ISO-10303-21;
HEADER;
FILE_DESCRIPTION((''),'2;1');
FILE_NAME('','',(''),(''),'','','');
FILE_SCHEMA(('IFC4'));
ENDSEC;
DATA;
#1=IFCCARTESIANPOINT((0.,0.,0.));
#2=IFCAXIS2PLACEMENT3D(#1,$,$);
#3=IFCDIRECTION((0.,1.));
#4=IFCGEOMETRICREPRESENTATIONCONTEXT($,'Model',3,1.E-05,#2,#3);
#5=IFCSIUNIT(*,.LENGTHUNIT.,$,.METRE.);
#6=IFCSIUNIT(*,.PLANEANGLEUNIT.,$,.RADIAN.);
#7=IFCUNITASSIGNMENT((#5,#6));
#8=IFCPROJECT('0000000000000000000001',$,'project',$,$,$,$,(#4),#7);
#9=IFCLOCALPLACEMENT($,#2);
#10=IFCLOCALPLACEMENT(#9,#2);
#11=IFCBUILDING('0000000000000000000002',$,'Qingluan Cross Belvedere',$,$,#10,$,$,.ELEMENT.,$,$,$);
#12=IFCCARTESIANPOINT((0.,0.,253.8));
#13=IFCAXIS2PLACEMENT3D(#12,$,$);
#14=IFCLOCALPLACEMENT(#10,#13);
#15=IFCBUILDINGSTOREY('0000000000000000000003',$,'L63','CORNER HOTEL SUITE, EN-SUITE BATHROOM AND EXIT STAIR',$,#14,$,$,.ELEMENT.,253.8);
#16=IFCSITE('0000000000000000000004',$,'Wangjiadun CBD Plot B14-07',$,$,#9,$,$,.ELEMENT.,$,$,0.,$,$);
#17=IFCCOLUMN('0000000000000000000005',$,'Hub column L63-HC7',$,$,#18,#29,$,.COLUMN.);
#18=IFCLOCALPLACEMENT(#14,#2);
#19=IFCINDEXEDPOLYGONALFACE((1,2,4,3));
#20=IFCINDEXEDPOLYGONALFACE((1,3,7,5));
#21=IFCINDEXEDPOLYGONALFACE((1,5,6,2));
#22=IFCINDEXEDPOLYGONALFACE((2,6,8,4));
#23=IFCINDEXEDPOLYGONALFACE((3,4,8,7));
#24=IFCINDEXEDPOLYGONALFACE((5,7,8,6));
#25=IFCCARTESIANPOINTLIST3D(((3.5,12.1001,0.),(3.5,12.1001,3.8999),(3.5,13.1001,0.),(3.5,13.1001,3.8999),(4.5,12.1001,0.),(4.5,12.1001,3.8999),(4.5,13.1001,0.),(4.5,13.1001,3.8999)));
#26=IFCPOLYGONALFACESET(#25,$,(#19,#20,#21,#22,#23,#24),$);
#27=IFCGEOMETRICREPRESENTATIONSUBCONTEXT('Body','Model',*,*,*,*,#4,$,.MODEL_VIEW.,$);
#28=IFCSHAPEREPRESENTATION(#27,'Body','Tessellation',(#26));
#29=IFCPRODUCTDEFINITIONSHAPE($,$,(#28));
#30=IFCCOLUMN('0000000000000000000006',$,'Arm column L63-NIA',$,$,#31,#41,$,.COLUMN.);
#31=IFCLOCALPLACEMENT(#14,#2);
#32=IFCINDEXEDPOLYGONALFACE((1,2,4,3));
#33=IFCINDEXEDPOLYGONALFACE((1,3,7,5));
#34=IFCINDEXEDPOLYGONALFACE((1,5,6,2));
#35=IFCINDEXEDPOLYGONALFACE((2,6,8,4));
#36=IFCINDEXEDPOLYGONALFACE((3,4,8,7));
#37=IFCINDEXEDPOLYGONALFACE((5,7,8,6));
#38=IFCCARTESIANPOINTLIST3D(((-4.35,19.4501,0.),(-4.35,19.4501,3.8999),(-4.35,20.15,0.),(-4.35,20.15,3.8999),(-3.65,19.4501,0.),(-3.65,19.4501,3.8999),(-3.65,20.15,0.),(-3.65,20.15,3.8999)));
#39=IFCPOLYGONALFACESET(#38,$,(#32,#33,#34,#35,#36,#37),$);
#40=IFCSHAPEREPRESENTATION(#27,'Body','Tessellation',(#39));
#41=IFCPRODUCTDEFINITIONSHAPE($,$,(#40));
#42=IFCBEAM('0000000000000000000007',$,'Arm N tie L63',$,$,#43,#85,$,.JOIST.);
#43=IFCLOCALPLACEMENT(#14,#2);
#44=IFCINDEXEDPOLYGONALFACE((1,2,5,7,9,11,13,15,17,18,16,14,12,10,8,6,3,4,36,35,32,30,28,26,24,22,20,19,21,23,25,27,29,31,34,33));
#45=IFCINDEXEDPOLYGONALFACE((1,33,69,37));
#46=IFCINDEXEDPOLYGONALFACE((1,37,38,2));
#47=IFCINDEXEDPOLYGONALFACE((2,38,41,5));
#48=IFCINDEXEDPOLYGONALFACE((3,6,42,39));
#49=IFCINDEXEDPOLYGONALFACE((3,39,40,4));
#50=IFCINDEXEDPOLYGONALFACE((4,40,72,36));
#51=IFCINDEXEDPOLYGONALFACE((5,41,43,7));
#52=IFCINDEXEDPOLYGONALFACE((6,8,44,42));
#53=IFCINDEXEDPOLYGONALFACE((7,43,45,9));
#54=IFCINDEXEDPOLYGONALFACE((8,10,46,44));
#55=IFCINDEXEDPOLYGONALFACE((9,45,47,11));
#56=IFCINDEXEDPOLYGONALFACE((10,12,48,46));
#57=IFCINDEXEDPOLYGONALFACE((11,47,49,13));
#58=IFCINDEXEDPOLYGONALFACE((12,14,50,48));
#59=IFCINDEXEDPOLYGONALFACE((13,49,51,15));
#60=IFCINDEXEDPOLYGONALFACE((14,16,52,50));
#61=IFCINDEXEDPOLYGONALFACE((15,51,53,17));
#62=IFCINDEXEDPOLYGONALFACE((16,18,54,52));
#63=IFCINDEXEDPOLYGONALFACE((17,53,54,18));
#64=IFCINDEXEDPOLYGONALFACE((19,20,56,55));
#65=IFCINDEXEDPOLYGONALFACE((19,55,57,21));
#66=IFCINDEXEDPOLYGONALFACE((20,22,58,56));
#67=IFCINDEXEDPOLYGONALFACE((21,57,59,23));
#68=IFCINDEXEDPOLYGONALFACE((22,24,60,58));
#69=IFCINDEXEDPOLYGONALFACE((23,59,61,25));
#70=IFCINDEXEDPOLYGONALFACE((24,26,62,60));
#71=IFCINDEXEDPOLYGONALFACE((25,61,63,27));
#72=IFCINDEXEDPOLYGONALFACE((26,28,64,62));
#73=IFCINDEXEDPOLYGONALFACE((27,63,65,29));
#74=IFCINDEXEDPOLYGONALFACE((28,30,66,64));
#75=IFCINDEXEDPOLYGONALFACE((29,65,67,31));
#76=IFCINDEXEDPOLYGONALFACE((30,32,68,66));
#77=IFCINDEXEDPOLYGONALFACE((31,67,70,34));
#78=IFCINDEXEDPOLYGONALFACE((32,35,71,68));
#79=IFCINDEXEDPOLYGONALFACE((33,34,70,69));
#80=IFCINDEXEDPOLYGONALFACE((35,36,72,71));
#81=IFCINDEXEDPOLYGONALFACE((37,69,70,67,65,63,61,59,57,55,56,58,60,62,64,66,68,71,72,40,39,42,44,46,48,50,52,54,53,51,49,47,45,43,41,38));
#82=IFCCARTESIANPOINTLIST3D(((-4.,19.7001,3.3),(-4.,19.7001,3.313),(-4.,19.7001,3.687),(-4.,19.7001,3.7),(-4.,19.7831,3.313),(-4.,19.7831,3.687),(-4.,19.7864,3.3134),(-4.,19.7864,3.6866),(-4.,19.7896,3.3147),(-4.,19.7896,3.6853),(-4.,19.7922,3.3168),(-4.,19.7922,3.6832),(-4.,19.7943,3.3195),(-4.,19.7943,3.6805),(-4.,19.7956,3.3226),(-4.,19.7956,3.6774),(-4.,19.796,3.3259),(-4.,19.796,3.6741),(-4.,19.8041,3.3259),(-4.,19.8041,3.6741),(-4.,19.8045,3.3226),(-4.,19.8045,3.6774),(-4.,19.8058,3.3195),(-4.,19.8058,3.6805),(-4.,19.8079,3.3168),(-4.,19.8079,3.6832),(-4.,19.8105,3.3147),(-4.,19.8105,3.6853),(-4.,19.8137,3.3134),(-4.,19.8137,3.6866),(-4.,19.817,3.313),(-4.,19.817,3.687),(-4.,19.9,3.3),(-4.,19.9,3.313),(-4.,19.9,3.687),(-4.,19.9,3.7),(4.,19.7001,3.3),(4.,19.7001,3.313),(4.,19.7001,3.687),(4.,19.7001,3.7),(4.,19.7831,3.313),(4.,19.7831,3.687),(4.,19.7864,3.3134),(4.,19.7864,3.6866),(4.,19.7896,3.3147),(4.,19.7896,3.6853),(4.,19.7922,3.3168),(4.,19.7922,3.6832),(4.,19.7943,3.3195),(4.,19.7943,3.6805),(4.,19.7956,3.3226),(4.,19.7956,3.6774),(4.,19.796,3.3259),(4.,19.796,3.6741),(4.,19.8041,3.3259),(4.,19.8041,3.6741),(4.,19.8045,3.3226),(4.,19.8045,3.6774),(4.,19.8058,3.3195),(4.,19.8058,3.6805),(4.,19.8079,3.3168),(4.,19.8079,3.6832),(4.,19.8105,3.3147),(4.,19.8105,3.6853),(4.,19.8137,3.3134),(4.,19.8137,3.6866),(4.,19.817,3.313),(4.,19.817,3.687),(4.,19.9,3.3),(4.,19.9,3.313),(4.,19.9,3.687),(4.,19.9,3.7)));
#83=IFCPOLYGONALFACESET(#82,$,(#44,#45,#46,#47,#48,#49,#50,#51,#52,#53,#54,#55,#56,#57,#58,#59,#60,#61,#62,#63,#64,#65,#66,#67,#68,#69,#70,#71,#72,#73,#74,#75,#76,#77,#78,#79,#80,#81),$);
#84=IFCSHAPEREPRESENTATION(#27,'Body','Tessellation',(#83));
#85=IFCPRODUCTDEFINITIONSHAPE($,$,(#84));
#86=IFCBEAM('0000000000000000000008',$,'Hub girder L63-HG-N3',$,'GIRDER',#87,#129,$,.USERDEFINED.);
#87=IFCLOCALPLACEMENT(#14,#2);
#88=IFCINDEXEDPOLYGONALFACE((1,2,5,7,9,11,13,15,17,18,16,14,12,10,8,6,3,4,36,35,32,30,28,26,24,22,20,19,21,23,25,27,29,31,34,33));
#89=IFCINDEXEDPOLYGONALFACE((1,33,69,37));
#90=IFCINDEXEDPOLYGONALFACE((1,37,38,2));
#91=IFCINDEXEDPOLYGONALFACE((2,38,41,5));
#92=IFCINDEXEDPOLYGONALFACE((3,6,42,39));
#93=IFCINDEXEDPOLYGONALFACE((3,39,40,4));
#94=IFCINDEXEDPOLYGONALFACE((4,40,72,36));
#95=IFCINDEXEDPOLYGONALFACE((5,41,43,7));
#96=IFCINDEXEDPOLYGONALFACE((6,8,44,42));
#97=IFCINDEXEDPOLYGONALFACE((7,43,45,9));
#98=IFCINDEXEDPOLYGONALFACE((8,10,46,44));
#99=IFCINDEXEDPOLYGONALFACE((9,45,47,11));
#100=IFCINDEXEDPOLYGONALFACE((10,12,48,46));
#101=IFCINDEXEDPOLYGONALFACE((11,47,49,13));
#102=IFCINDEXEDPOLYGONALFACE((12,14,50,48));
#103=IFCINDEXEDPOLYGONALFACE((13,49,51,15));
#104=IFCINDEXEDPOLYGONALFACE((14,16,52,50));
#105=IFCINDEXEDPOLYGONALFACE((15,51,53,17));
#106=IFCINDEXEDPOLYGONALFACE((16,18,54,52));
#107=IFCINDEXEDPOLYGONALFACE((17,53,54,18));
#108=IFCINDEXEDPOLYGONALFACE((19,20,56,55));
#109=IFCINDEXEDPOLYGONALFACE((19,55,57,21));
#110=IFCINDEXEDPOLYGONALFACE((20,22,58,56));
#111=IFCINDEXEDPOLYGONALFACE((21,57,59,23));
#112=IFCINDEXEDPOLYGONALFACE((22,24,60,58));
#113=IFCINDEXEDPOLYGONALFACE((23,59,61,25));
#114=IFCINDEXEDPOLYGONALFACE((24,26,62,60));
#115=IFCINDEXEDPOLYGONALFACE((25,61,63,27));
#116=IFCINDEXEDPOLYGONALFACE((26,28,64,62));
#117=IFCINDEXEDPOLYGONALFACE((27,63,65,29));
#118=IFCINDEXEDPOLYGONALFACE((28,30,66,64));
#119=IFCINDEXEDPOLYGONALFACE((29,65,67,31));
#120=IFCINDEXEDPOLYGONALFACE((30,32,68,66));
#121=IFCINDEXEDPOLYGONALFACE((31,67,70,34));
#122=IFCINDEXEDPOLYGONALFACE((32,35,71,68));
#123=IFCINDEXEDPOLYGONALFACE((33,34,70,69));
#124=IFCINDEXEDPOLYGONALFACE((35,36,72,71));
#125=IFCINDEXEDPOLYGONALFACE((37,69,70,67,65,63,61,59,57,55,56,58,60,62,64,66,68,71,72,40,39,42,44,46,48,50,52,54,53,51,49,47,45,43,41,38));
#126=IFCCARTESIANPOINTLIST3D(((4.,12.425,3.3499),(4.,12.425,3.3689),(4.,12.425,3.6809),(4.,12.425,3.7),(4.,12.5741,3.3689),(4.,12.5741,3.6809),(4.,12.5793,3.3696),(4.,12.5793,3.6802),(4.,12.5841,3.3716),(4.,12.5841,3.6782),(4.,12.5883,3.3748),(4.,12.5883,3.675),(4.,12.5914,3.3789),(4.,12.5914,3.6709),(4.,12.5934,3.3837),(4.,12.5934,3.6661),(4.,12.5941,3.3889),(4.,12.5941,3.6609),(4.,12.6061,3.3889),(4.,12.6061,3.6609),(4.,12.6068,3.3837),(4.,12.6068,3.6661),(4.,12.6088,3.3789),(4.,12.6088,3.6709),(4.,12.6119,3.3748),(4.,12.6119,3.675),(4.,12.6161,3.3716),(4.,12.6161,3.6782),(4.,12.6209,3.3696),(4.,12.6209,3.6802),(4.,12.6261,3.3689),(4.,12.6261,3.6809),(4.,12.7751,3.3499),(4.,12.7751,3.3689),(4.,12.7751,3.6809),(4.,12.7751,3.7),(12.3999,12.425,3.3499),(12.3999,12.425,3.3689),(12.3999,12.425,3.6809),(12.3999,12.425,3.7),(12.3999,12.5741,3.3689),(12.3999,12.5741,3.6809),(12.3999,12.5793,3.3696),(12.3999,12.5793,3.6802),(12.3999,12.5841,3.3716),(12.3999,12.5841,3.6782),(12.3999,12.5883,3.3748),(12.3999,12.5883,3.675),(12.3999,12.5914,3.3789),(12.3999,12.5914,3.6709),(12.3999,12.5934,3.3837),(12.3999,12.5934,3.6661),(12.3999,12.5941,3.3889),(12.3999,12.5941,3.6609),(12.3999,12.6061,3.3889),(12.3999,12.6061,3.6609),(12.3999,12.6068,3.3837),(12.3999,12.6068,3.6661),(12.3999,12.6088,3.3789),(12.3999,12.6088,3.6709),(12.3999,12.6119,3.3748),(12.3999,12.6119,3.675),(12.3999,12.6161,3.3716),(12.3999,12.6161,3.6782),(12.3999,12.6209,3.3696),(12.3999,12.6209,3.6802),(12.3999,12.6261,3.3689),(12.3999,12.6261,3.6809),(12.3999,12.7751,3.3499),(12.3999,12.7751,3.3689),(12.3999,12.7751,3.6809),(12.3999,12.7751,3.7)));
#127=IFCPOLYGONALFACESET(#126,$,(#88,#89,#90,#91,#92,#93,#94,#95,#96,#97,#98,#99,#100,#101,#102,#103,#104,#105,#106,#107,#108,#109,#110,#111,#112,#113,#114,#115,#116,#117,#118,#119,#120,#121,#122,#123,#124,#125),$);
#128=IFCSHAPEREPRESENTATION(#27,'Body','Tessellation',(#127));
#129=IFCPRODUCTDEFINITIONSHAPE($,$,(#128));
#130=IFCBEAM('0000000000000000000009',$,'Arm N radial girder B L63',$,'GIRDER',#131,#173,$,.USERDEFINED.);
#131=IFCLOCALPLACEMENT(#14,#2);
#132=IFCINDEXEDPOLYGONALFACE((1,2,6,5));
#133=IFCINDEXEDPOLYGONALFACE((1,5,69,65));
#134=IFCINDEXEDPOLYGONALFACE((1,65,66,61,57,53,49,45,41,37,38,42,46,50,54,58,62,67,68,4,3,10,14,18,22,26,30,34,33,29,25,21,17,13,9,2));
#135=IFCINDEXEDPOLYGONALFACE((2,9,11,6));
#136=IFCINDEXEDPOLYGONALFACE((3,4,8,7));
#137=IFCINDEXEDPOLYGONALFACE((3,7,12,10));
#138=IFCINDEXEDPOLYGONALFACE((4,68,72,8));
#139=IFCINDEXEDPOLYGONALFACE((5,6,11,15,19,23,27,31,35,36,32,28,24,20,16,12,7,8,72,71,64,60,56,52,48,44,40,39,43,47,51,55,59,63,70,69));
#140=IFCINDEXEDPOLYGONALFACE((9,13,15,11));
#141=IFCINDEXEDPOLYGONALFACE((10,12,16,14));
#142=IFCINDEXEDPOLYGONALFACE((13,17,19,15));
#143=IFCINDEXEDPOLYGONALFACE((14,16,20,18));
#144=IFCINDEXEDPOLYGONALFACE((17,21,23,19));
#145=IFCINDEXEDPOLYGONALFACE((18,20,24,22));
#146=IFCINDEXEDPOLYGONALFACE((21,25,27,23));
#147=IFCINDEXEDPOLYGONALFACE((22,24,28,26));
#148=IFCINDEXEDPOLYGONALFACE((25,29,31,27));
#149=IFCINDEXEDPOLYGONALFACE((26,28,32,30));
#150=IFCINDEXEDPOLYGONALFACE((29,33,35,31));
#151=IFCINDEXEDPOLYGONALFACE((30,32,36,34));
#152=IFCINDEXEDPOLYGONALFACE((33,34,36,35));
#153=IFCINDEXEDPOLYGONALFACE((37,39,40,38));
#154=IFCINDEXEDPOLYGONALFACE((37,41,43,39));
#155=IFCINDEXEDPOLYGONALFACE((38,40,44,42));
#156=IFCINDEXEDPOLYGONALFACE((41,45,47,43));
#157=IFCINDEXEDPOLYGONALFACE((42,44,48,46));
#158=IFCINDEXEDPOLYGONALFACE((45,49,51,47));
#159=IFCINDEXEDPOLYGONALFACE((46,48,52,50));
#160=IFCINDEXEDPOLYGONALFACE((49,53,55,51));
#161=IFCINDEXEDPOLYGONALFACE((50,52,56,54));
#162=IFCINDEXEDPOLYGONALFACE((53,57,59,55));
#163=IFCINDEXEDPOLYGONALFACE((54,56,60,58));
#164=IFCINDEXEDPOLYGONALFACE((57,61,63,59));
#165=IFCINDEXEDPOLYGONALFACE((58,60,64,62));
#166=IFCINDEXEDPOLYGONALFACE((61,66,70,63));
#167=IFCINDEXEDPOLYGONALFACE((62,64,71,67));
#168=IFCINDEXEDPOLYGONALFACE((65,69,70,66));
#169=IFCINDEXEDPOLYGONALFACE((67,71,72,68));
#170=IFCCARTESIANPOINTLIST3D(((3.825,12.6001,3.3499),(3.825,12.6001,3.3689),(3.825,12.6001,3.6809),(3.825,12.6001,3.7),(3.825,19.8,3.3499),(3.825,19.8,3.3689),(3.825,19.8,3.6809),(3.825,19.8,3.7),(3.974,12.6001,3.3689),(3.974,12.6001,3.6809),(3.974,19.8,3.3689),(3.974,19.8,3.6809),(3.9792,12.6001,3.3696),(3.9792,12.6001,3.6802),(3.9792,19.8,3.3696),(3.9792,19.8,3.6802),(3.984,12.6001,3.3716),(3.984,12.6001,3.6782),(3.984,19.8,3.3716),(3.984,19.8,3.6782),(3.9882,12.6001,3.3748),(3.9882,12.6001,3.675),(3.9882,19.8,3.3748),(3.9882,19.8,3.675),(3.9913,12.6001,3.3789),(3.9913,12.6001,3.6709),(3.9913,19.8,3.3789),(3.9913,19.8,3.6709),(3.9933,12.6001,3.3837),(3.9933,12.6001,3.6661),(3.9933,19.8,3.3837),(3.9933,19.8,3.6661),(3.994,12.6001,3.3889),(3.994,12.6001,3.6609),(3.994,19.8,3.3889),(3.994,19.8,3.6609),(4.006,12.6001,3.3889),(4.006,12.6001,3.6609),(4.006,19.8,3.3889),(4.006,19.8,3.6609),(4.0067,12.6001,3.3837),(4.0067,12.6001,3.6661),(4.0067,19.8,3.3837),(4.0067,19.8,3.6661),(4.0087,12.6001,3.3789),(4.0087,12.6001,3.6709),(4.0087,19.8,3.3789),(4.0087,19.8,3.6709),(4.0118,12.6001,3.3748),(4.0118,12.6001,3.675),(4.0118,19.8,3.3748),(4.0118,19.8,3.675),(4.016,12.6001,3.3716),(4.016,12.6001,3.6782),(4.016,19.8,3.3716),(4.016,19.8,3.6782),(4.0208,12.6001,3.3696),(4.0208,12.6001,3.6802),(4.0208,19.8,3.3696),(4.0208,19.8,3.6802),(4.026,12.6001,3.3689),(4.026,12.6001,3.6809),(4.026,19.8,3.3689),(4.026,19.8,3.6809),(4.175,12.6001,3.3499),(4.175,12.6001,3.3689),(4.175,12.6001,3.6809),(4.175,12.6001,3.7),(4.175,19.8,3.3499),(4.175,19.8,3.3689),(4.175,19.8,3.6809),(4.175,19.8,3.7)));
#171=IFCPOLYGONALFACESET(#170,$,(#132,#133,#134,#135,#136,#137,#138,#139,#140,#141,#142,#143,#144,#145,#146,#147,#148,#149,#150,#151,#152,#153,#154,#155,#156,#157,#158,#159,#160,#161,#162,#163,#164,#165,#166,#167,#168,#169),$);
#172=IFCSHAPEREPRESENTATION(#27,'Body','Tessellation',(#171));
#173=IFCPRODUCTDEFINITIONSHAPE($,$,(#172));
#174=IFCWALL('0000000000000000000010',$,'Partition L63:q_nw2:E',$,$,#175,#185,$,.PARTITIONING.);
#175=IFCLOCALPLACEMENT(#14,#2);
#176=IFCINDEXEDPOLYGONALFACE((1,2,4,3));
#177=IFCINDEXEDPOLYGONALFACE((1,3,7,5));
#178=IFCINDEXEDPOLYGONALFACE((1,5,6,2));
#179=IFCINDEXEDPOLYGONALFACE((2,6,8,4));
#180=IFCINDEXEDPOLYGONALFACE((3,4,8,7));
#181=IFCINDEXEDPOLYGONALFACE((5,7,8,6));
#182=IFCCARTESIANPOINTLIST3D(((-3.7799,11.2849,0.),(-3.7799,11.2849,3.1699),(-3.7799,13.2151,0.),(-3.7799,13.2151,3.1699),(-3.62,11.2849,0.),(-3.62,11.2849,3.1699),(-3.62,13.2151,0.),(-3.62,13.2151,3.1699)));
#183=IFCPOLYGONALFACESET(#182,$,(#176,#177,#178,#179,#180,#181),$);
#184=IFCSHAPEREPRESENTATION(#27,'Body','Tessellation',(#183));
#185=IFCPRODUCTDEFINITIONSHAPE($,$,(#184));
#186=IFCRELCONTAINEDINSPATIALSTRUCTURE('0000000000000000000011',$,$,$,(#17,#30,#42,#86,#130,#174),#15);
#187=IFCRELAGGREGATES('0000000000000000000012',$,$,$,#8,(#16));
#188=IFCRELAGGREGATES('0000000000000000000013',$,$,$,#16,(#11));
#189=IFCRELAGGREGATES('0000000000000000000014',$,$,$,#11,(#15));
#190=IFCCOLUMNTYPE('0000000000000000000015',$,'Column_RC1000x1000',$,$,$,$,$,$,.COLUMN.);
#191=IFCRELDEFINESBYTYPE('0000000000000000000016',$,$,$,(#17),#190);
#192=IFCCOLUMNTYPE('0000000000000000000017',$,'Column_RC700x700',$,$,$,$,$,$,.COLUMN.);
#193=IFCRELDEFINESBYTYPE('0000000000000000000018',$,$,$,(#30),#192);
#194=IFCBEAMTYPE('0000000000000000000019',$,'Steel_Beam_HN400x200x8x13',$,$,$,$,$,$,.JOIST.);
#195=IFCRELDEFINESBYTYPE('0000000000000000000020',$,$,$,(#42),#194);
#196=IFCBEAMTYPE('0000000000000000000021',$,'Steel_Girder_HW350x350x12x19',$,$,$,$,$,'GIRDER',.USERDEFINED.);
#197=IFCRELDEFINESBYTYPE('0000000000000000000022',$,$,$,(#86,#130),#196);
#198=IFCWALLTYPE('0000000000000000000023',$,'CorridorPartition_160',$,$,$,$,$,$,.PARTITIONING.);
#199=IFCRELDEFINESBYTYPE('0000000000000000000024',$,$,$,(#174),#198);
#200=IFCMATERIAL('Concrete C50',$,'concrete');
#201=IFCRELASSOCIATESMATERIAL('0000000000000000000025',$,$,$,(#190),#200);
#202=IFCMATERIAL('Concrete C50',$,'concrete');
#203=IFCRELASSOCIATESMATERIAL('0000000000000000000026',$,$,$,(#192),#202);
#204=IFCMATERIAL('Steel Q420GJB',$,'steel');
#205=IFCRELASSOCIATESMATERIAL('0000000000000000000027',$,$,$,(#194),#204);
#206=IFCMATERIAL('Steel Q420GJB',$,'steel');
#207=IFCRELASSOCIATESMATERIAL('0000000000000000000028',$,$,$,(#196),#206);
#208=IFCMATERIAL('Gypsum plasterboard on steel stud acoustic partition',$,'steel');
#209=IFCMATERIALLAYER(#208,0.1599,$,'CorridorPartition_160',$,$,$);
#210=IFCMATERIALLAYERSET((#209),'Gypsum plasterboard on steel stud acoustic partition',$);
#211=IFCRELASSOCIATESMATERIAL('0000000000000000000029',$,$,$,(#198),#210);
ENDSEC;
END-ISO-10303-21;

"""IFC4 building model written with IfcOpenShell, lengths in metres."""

from ifc_helpers import new_model, si_unit, direction, frame, frame_2d, origin, origin_2d, place, context, subcontext, project, spatial, rectangle, i_section, extrude, material, layer, layer_set, material_profile, profile_set, type_object, element, save


model = new_model("IFC4")

# Units and contexts
model_context = context("Model", 3, precision=1e-05, world=origin(), true_north=direction((0.0, 1.0)))
body_context = subcontext(model_context, "Body", "Model", "MODEL_VIEW")
ifc_project = project(units=[si_unit("LENGTHUNIT", "METRE"), si_unit("PLANEANGLEUNIT", "RADIAN")], contexts=[model_context])

# Site, building, storey
site_placement = place(None, origin())
site = spatial("IfcSite", under=ifc_project, at=site_placement, Name="Wangjiadun CBD Plot B14-07", CompositionType="ELEMENT", RefElevation=0.0)
building_placement = place(site_placement, origin())
building = spatial("IfcBuilding", under=site, at=building_placement, Name="Qingluan Cross Belvedere", CompositionType="ELEMENT")
storey_placement = place(building_placement, frame((0.0, 0.0, 253.8)))
storey = spatial("IfcBuildingStorey", under=building, at=storey_placement, Name="L63", Description="CORNER HOTEL SUITE, EN-SUITE BATHROOM AND EXIT STAIR", CompositionType="ELEMENT", Elevation=253.8)

# Columns
ifc_material_1 = material(Name="Concrete C50", Category="concrete")
ifc_material_profile_1 = material_profile(ifc_material_1, rectangle(XDim=1.0, YDim=1.0, at=origin_2d()), Name="RC1000x1000")
ifc_profile_set_1 = profile_set([ifc_material_profile_1], Name="Concrete C50")
column_type_1 = type_object("IfcColumnType", Name="Column_RC1000x1000", PredefinedType="COLUMN", material=ifc_profile_set_1)
column_1_placement = place(storey_placement, frame((4.0, 12.6001, 0.0), z_axis=(0.0, 0.0, 1.0), x_axis=(1.0, 0.0, 0.0)))
element("IfcColumn", 1, at=column_1_placement, inside=storey, type_object=column_type_1, Name="Hub column L63-HC7", PredefinedType="COLUMN", context=body_context, shape_type="SweptSolid", body=[
    extrude(rectangle(XDim=1.0, YDim=1.0, at=origin_2d()), origin(), (0.0, 0.0, 1.0), 3.8999),
])
ifc_material_2 = material(Name="Concrete C50", Category="concrete")
ifc_material_profile_2 = material_profile(ifc_material_2, rectangle(XDim=0.7, YDim=0.7, at=origin_2d()), Name="RC700x700")
ifc_profile_set_2 = profile_set([ifc_material_profile_2], Name="Concrete C50")
column_type_2 = type_object("IfcColumnType", Name="Column_RC700x700", PredefinedType="COLUMN", material=ifc_profile_set_2)
column_2_placement = place(storey_placement, frame((-4.0, 19.8, 0.0), z_axis=(0.0, 0.0, 1.0), x_axis=(1.0, 0.0, 0.0)))
element("IfcColumn", 2, at=column_2_placement, inside=storey, type_object=column_type_2, Name="Arm column L63-NIA", PredefinedType="COLUMN", context=body_context, shape_type="SweptSolid", body=[
    extrude(rectangle(XDim=0.7, YDim=0.7, at=origin_2d()), origin(), (0.0, 0.0, 1.0), 3.8999),
])

# Beams
ifc_material_3 = material(Name="Steel Q420GJB", Category="steel")
ifc_material_profile_3 = material_profile(ifc_material_3, i_section(OverallWidth=0.2, OverallDepth=0.3999, WebThickness=0.0081, FlangeThickness=0.0129, FilletRadius=0.0129, at=origin_2d()), Name="HN400x200x8x13")
ifc_profile_set_3 = profile_set([ifc_material_profile_3], Name="Steel Q420GJB")
beam_type_1 = type_object("IfcBeamType", Name="Steel_Beam_HN400x200x8x13", PredefinedType="JOIST", material=ifc_profile_set_3)
beam_1_placement = place(storey_placement, frame((-4.0, 19.8, 3.5), z_axis=(1.0, 0.0, 0.0), x_axis=(0.0, 1.0, 0.0)))
element("IfcBeam", 3, at=beam_1_placement, inside=storey, type_object=beam_type_1, Name="Arm N tie L63", PredefinedType="JOIST", context=body_context, shape_type="SweptSolid", body=[
    extrude(i_section(OverallWidth=0.2, OverallDepth=0.3999, WebThickness=0.0081, FlangeThickness=0.0129, FilletRadius=0.0129, at=origin_2d()), origin(), (0.0, 0.0, 1.0), 8.0),
])
ifc_material_4 = material(Name="Steel Q420GJB", Category="steel")
ifc_material_profile_4 = material_profile(ifc_material_4, i_section(OverallWidth=0.3501, OverallDepth=0.3501, WebThickness=0.012, FlangeThickness=0.019, FilletRadius=0.02, at=origin_2d()), Name="HW350x350x12x19")
ifc_profile_set_4 = profile_set([ifc_material_profile_4], Name="Steel Q420GJB")
beam_type_2 = type_object("IfcBeamType", Name="Steel_Girder_HW350x350x12x19", ElementType="GIRDER", PredefinedType="USERDEFINED", material=ifc_profile_set_4)
beam_2_placement = place(storey_placement, frame((4.0, 12.6001, 3.5249), z_axis=(1.0, 0.0, 0.0), x_axis=(0.0, 1.0, 0.0)))
element("IfcBeam", 4, at=beam_2_placement, inside=storey, type_object=beam_type_2, Name="Hub girder L63-HG-N3", ObjectType="GIRDER", PredefinedType="USERDEFINED", context=body_context, shape_type="SweptSolid", body=[
    extrude(i_section(OverallWidth=0.3501, OverallDepth=0.3501, WebThickness=0.012, FlangeThickness=0.019, FilletRadius=0.02, at=origin_2d()), origin(), (0.0, 0.0, 1.0), 8.3999),
])
beam_3_placement = place(storey_placement, frame((4.0, 12.6001, 3.5249), z_axis=(0.0, 1.0, 0.0), x_axis=(-1.0, 0.0, 0.0)))
element("IfcBeam", 5, at=beam_3_placement, inside=storey, type_object=beam_type_2, Name="Arm N radial girder B L63", ObjectType="GIRDER", PredefinedType="USERDEFINED", context=body_context, shape_type="SweptSolid", body=[
    extrude(i_section(OverallWidth=0.3501, OverallDepth=0.3501, WebThickness=0.012, FlangeThickness=0.019, FilletRadius=0.02, at=origin_2d()), origin(), (0.0, 0.0, 1.0), 7.2),
])

# Wall
ifc_material_5 = material(Name="Gypsum plasterboard on steel stud acoustic partition", Category="steel")
ifc_layer_1 = layer(ifc_material_5, 0.1599, Name="CorridorPartition_160")
ifc_layer_set_1 = layer_set([ifc_layer_1], Name="Gypsum plasterboard on steel stud acoustic partition")
wall_type_1 = type_object("IfcWallType", Name="CorridorPartition_160", PredefinedType="PARTITIONING", material=ifc_layer_set_1)
wall_1_placement = place(storey_placement, frame((-3.7, 11.2849, 0.0), z_axis=(0.0, 0.0, 1.0), x_axis=(0.0, 1.0, 0.0)))
element("IfcWall", 6, at=wall_1_placement, inside=storey, type_object=wall_type_1, Name="Partition L63:q_nw2:E", PredefinedType="PARTITIONING", context=body_context, shape_type="SweptSolid", body=[
    extrude(rectangle(XDim=1.9302, YDim=0.1599, at=frame_2d((0.9651, 0.0))), origin(), (0.0, 0.0, 1.0), 3.1699),
])

save(model, "model.ifc")
